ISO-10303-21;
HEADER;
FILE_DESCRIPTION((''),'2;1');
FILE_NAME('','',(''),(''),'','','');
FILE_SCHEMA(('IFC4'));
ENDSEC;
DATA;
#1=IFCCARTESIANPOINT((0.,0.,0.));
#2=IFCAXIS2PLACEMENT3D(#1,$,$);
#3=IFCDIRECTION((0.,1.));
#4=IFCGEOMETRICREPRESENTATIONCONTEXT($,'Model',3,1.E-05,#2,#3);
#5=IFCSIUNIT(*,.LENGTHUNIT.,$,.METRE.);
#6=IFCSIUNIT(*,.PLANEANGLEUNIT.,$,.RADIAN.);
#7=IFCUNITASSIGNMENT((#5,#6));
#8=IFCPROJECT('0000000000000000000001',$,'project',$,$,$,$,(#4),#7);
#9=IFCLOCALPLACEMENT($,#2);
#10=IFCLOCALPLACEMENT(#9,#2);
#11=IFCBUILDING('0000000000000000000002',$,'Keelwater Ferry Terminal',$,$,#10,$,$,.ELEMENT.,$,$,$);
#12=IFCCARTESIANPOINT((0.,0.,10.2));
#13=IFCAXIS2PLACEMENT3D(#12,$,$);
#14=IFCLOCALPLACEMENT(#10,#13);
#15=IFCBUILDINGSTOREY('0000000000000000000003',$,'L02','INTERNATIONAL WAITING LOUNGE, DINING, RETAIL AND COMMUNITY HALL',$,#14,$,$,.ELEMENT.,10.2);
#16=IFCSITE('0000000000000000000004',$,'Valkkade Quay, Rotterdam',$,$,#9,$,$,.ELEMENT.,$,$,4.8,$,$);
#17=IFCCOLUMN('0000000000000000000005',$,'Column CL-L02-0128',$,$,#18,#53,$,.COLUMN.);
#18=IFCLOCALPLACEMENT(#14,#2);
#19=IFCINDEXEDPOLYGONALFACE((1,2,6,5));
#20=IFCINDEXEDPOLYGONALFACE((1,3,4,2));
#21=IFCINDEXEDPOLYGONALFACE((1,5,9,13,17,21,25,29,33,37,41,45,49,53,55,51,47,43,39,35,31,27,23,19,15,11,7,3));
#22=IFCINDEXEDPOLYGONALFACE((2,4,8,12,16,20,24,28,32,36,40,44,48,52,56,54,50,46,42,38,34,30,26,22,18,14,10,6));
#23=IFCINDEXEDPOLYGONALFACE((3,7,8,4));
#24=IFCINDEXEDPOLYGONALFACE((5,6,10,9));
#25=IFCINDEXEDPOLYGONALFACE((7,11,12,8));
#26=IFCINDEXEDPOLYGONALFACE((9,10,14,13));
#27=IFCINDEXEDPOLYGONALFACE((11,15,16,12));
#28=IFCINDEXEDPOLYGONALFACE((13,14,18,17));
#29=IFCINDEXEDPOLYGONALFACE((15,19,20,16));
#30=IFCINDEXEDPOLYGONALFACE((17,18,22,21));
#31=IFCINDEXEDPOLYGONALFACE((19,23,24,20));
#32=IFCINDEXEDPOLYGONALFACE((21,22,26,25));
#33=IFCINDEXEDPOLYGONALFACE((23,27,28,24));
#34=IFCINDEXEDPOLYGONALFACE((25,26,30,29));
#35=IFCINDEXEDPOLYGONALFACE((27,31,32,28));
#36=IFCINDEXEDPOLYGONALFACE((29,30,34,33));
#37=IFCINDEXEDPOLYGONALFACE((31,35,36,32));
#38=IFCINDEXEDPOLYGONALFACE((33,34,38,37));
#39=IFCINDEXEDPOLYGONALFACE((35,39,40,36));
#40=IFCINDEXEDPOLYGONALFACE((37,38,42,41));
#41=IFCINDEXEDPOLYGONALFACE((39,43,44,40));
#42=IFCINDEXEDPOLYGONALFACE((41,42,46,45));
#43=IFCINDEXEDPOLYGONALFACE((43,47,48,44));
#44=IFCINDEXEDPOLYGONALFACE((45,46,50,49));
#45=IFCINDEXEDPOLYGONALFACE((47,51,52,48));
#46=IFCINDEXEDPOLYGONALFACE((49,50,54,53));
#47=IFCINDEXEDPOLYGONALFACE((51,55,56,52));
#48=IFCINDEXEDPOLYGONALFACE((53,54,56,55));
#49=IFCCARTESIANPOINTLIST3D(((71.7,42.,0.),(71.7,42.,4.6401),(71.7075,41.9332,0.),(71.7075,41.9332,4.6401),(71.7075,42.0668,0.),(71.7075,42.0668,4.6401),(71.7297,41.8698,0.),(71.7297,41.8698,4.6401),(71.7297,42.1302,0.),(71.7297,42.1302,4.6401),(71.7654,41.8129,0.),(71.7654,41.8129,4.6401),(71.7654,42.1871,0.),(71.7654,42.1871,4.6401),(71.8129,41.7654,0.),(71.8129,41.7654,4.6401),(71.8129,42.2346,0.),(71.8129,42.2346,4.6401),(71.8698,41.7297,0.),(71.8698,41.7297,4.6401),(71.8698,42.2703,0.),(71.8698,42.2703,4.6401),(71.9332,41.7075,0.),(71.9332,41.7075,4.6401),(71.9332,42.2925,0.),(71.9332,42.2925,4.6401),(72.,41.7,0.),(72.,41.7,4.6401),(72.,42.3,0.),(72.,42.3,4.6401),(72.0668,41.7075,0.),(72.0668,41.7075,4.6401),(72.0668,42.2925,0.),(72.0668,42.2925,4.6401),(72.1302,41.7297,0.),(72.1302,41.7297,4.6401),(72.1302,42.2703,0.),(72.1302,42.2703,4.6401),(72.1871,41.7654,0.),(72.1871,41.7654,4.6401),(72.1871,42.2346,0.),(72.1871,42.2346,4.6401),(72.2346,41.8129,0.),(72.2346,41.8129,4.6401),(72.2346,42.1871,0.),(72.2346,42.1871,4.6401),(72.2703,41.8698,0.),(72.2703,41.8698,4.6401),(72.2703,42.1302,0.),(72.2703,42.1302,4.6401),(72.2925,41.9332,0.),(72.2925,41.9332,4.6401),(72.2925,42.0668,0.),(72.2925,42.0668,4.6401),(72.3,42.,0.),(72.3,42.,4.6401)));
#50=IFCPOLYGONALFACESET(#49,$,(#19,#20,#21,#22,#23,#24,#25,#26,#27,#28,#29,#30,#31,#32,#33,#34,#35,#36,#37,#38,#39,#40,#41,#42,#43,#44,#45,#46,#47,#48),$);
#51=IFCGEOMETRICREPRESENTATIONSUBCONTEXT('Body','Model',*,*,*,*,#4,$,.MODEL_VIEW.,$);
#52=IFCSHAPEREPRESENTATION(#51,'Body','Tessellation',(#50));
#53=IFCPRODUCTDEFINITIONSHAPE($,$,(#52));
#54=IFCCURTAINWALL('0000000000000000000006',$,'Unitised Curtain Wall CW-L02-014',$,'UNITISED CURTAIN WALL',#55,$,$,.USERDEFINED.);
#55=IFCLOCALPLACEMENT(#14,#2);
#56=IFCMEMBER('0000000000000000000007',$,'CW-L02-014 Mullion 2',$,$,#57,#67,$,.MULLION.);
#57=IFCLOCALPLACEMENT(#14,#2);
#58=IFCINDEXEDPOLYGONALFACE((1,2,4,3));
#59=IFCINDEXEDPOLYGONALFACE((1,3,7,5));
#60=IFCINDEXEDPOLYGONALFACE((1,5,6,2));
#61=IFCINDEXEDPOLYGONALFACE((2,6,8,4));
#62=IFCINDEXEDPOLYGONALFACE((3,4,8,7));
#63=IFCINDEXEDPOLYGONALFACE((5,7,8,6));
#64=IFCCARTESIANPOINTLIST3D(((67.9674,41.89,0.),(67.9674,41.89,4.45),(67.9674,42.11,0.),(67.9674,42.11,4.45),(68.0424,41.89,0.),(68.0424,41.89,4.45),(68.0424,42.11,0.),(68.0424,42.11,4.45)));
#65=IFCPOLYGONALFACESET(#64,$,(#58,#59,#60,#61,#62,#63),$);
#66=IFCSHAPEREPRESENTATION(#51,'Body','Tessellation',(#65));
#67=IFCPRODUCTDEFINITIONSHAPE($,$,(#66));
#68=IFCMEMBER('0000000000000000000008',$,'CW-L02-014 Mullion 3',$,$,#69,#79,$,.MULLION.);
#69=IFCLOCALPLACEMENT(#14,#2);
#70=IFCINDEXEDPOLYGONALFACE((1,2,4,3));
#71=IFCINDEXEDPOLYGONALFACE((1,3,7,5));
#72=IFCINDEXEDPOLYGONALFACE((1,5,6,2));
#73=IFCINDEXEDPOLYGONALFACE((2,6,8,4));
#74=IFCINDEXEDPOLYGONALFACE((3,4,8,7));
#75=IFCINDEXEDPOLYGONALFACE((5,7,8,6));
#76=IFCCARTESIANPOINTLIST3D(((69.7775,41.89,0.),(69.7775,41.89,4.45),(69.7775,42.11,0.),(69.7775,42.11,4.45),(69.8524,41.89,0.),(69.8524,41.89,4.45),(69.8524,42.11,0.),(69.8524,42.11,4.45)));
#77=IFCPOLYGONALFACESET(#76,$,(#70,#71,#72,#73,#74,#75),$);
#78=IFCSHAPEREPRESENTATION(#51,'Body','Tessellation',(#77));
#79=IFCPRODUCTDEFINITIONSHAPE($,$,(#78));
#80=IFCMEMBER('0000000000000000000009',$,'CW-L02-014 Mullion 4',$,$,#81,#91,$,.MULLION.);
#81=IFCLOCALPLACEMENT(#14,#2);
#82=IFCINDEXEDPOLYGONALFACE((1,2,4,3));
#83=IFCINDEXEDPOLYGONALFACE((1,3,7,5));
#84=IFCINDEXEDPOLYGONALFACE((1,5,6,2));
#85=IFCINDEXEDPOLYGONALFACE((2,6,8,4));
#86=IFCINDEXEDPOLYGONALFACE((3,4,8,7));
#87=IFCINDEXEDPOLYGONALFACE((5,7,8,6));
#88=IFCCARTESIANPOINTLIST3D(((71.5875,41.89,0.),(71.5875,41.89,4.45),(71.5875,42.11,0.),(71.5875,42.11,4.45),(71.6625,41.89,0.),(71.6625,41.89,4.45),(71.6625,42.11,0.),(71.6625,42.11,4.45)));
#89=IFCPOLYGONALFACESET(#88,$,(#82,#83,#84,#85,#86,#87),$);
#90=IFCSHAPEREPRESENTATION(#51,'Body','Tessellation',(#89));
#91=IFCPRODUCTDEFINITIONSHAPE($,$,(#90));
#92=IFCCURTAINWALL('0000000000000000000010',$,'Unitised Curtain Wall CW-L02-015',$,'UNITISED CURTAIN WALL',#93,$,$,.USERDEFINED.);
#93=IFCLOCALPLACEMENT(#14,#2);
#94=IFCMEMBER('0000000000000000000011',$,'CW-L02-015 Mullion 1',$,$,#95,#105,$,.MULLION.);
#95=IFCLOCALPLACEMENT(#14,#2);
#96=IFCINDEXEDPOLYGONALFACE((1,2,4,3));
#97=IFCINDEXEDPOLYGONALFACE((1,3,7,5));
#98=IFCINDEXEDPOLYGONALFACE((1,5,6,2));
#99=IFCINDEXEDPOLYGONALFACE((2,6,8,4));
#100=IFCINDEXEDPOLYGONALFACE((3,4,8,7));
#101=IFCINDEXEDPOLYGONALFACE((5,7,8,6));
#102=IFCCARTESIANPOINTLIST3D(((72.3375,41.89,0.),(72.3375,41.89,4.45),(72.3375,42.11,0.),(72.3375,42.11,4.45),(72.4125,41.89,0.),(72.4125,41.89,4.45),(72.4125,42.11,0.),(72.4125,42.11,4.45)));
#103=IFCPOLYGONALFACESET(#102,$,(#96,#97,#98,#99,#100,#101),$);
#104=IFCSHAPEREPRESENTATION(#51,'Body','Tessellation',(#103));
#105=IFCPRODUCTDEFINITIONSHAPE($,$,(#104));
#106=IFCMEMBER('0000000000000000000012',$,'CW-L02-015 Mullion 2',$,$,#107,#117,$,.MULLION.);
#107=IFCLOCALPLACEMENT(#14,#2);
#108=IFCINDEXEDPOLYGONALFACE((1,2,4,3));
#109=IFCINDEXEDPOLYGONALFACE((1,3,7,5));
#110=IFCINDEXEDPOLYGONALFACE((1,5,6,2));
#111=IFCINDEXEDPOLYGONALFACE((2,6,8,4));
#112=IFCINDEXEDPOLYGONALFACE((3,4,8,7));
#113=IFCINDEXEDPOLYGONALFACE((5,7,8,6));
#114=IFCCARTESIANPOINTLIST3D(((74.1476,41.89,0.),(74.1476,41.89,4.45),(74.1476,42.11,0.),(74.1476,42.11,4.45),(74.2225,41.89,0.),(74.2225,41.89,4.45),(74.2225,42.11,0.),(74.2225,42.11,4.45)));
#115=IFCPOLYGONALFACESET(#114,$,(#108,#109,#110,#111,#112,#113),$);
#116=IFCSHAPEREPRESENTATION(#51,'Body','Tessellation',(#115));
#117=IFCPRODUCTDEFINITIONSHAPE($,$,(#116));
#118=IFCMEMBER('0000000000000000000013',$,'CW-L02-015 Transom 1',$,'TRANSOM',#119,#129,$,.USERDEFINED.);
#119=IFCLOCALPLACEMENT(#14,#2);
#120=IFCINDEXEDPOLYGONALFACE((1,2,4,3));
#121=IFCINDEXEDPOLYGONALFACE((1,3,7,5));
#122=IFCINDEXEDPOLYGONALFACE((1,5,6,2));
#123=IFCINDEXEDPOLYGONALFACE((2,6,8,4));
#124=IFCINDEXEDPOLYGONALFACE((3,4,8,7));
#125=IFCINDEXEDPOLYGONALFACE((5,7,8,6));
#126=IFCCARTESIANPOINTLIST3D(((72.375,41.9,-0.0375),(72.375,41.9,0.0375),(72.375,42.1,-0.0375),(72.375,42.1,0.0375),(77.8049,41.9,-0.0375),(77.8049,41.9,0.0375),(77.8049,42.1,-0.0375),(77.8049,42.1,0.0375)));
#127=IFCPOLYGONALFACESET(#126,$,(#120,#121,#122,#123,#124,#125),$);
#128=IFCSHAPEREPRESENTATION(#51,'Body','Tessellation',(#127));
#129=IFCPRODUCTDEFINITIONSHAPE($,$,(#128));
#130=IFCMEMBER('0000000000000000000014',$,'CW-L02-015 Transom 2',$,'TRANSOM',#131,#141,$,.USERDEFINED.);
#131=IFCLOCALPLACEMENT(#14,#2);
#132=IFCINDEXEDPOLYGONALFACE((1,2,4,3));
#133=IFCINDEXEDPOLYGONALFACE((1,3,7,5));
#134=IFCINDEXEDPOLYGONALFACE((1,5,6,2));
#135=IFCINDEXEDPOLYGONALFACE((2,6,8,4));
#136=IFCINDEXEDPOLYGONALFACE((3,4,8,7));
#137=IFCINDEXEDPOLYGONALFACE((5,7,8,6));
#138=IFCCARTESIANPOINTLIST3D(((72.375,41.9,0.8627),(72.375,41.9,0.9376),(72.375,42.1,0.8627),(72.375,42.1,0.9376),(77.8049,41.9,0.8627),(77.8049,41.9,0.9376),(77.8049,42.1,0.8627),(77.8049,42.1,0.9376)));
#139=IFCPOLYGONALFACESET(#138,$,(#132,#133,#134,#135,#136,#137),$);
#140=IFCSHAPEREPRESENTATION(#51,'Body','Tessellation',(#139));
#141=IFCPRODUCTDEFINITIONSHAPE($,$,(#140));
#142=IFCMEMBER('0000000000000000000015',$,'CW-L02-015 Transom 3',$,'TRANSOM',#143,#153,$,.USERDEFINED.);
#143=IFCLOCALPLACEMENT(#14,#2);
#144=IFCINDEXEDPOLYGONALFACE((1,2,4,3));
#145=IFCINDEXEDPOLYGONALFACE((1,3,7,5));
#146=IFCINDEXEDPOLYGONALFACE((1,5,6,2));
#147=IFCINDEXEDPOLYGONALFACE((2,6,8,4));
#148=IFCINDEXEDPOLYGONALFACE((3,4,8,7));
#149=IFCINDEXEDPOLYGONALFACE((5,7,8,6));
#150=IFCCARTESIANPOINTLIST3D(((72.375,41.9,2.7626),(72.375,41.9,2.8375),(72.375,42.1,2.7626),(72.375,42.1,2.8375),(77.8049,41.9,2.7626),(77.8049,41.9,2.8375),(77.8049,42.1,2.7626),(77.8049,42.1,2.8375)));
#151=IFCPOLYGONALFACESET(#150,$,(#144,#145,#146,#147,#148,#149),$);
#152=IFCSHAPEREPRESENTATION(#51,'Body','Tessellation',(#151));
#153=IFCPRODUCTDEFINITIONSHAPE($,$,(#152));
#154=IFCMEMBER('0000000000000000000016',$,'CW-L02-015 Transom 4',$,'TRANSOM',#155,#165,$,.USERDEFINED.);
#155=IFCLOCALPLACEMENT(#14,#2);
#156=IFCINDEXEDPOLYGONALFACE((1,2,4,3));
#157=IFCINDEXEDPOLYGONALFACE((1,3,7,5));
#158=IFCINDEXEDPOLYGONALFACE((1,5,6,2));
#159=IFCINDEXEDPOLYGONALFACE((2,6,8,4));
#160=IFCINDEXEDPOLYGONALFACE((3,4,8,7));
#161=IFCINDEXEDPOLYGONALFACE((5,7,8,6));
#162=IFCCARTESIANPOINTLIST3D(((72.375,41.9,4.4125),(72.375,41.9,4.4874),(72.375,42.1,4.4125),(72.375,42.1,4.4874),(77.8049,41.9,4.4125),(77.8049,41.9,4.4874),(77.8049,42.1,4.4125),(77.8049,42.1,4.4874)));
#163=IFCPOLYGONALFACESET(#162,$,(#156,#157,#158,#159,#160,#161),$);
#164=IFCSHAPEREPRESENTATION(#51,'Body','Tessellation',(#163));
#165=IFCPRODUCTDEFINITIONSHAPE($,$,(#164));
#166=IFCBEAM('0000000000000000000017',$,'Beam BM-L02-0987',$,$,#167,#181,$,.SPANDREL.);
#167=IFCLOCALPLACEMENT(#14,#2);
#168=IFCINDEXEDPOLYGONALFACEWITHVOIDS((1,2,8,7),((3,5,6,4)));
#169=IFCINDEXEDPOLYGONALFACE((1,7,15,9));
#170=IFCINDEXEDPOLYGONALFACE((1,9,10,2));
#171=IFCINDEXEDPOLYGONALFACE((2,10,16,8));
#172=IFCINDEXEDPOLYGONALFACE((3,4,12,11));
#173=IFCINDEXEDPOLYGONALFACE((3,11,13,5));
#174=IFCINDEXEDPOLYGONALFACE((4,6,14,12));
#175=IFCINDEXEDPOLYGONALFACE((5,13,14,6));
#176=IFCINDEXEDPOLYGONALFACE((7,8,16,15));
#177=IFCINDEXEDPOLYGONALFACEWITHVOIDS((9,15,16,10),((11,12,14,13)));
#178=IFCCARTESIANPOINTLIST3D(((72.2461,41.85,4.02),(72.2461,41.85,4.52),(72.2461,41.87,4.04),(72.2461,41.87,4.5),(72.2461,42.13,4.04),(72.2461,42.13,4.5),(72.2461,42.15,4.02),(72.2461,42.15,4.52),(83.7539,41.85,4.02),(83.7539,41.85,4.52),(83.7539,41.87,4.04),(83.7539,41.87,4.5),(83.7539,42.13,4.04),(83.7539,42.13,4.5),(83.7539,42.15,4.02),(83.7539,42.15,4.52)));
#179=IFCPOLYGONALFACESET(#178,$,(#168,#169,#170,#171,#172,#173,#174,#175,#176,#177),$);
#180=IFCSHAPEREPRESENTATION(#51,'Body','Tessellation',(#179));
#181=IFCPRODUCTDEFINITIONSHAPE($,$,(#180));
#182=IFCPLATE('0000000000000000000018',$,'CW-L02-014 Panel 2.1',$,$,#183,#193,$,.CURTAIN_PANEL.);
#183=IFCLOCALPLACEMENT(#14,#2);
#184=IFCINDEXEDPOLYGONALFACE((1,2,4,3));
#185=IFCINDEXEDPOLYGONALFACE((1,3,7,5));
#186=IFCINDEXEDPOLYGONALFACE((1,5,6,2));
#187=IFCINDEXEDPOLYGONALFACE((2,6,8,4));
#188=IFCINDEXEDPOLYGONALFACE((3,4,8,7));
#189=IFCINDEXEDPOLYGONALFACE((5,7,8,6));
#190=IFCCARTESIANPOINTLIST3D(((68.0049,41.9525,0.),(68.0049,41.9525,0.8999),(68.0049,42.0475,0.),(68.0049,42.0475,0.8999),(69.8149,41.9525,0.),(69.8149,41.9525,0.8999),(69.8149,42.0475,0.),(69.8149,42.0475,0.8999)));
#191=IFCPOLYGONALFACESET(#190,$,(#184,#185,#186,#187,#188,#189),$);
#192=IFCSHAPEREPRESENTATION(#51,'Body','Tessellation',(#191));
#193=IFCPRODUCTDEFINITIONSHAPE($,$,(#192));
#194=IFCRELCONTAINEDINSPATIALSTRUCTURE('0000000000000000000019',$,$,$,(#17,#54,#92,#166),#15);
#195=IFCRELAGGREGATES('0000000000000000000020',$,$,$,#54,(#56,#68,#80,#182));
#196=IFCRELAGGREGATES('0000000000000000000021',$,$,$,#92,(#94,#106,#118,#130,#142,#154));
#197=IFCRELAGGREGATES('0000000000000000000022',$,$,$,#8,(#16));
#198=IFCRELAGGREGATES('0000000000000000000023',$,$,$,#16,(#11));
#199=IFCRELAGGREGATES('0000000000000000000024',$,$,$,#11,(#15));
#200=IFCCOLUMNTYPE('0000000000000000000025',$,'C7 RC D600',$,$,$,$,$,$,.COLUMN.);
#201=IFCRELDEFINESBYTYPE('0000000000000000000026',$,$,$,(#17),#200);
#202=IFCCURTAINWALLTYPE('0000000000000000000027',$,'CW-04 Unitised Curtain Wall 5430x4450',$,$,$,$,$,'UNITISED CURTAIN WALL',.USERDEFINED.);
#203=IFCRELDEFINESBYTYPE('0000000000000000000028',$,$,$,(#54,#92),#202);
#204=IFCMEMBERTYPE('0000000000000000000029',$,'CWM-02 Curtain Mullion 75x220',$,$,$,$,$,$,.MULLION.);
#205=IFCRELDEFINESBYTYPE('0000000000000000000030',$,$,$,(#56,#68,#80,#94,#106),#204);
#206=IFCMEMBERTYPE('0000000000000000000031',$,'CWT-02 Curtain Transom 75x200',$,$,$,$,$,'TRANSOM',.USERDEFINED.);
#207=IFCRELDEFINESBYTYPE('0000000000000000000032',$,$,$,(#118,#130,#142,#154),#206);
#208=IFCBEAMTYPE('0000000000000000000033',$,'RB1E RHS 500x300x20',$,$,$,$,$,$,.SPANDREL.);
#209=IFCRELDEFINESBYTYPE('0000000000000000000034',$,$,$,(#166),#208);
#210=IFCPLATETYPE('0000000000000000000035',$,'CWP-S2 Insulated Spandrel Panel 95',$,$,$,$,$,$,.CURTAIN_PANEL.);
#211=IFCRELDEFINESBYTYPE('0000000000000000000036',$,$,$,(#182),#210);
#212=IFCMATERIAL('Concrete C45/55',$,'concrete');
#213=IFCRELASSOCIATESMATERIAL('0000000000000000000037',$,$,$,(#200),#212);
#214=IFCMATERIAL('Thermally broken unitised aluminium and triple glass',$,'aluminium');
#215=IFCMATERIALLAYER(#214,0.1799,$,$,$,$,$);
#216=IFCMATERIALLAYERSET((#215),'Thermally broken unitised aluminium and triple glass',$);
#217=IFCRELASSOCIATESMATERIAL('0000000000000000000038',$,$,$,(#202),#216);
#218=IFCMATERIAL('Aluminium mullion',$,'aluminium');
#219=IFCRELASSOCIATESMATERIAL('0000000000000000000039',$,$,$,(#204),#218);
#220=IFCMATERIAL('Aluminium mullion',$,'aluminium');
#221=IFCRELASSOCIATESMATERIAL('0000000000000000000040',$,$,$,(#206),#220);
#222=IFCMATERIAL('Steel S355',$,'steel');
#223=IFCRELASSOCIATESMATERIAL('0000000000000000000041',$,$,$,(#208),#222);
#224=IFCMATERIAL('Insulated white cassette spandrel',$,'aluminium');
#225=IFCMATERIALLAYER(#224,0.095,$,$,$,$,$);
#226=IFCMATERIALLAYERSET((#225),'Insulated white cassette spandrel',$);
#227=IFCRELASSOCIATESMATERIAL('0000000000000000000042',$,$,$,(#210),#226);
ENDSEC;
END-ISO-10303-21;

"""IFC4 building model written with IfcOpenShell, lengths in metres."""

from ifc_helpers import new_model, si_unit, direction, frame, origin, origin_2d, place, context, subcontext, project, spatial, rectangle, hollow_rectangle, circle, extrude, material, layer, layer_set, material_profile, profile_set, type_object, element, aggregate, save


model = new_model("IFC4")

# Units and contexts
model_context = context("Model", 3, precision=1e-05, world=origin(), true_north=direction((0.0, 1.0)))
body_context = subcontext(model_context, "Body", "Model", "MODEL_VIEW")
ifc_project = project(units=[si_unit("LENGTHUNIT", "METRE"), si_unit("PLANEANGLEUNIT", "RADIAN")], contexts=[model_context])

# Site, building, storey
site_placement = place(None, origin())
site = spatial("IfcSite", under=ifc_project, at=site_placement, Name="Valkkade Quay, Rotterdam", CompositionType="ELEMENT", RefElevation=4.8)
building_placement = place(site_placement, origin())
building = spatial("IfcBuilding", under=site, at=building_placement, Name="Keelwater Ferry Terminal", CompositionType="ELEMENT")
storey_placement = place(building_placement, frame((0.0, 0.0, 10.2)))
storey = spatial("IfcBuildingStorey", under=building, at=storey_placement, Name="L02", Description="INTERNATIONAL WAITING LOUNGE, DINING, RETAIL AND COMMUNITY HALL", CompositionType="ELEMENT", Elevation=10.2)

# Column
ifc_material_1 = material(Name="Concrete C45/55", Category="concrete")
ifc_material_profile_1 = material_profile(ifc_material_1, circle(Radius=0.3, at=origin_2d()), Name="RC D600")
ifc_profile_set_1 = profile_set([ifc_material_profile_1], Name="Concrete C45/55")
column_type = type_object("IfcColumnType", Name="C7 RC D600", PredefinedType="COLUMN", material=ifc_profile_set_1)
column_placement = place(storey_placement, frame((72.0, 42.0, 0.0), z_axis=(0.0, 0.0, 1.0), x_axis=(1.0, 0.0, 0.0)))
element("IfcColumn", 1, at=column_placement, inside=storey, type_object=column_type, Name="Column CL-L02-0128", PredefinedType="COLUMN", context=body_context, shape_type="SweptSolid", body=[
    extrude(circle(Radius=0.3, at=origin_2d()), origin(), (0.0, 0.0, 1.0), 4.6401),
])

# Curtain walls, members
ifc_material_2 = material(Name="Thermally broken unitised aluminium and triple glass", Category="aluminium")
ifc_layer_1 = layer(ifc_material_2, 0.1799)
ifc_layer_set_1 = layer_set([ifc_layer_1], Name="Thermally broken unitised aluminium and triple glass")
curtain_wall_type = type_object("IfcCurtainWallType", Name="CW-04 Unitised Curtain Wall 5430x4450", ElementType="UNITISED CURTAIN WALL", PredefinedType="USERDEFINED", material=ifc_layer_set_1)
curtain_wall_1_placement = place(storey_placement, origin())
curtain_wall_1 = element("IfcCurtainWall", 2, at=curtain_wall_1_placement, inside=storey, type_object=curtain_wall_type, Name="Unitised Curtain Wall CW-L02-014", ObjectType="UNITISED CURTAIN WALL", PredefinedType="USERDEFINED")
ifc_material_3 = material(Name="Aluminium mullion", Category="aluminium")
ifc_material_profile_2 = material_profile(ifc_material_3, rectangle(XDim=0.075, YDim=0.22, at=origin_2d()), Name="CWM-02")
ifc_profile_set_2 = profile_set([ifc_material_profile_2], Name="Aluminium mullion")
member_type_1 = type_object("IfcMemberType", Name="CWM-02 Curtain Mullion 75x220", PredefinedType="MULLION", material=ifc_profile_set_2)
member_1_placement = place(storey_placement, frame((68.0049, 42.0, 0.0), z_axis=(0.0, 0.0, 1.0), x_axis=(1.0, 0.0, 0.0)))
member_1 = element("IfcMember", 3, at=member_1_placement, type_object=member_type_1, Name="CW-L02-014 Mullion 2", PredefinedType="MULLION", context=body_context, shape_type="SweptSolid", body=[
    extrude(rectangle(XDim=0.075, YDim=0.22, at=origin_2d()), origin(), (0.0, 0.0, 1.0), 4.45),
])
member_2_placement = place(storey_placement, frame((69.8149, 42.0, 0.0), z_axis=(0.0, 0.0, 1.0), x_axis=(1.0, 0.0, 0.0)))
member_2 = element("IfcMember", 4, at=member_2_placement, type_object=member_type_1, Name="CW-L02-014 Mullion 3", PredefinedType="MULLION", context=body_context, shape_type="SweptSolid", body=[
    extrude(rectangle(XDim=0.075, YDim=0.22, at=origin_2d()), origin(), (0.0, 0.0, 1.0), 4.45),
])
member_3_placement = place(storey_placement, frame((71.625, 42.0, 0.0), z_axis=(0.0, 0.0, 1.0), x_axis=(1.0, 0.0, 0.0)))
member_3 = element("IfcMember", 5, at=member_3_placement, type_object=member_type_1, Name="CW-L02-014 Mullion 4", PredefinedType="MULLION", context=body_context, shape_type="SweptSolid", body=[
    extrude(rectangle(XDim=0.075, YDim=0.22, at=origin_2d()), origin(), (0.0, 0.0, 1.0), 4.45),
])
curtain_wall_2_placement = place(storey_placement, origin())
curtain_wall_2 = element("IfcCurtainWall", 6, at=curtain_wall_2_placement, inside=storey, type_object=curtain_wall_type, Name="Unitised Curtain Wall CW-L02-015", ObjectType="UNITISED CURTAIN WALL", PredefinedType="USERDEFINED")
member_4_placement = place(storey_placement, frame((72.375, 42.0, 0.0), z_axis=(0.0, 0.0, 1.0), x_axis=(1.0, 0.0, 0.0)))
member_4 = element("IfcMember", 7, at=member_4_placement, type_object=member_type_1, Name="CW-L02-015 Mullion 1", PredefinedType="MULLION", context=body_context, shape_type="SweptSolid", body=[
    extrude(rectangle(XDim=0.075, YDim=0.22, at=origin_2d()), origin(), (0.0, 0.0, 1.0), 4.45),
])
member_5_placement = place(storey_placement, frame((74.1851, 42.0, 0.0), z_axis=(0.0, 0.0, 1.0), x_axis=(1.0, 0.0, 0.0)))
member_5 = element("IfcMember", 8, at=member_5_placement, type_object=member_type_1, Name="CW-L02-015 Mullion 2", PredefinedType="MULLION", context=body_context, shape_type="SweptSolid", body=[
    extrude(rectangle(XDim=0.075, YDim=0.22, at=origin_2d()), origin(), (0.0, 0.0, 1.0), 4.45),
])
ifc_material_4 = material(Name="Aluminium mullion", Category="aluminium")
ifc_material_profile_3 = material_profile(ifc_material_4, rectangle(XDim=0.2, YDim=0.075, at=origin_2d()), Name="CWT-02")
ifc_profile_set_3 = profile_set([ifc_material_profile_3], Name="Aluminium mullion")
member_type_2 = type_object("IfcMemberType", Name="CWT-02 Curtain Transom 75x200", ElementType="TRANSOM", PredefinedType="USERDEFINED", material=ifc_profile_set_3)
member_6_placement = place(storey_placement, frame((72.375, 42.0, 0.0), z_axis=(1.0, 0.0, 0.0), x_axis=(0.0, 1.0, 0.0)))
member_6 = element("IfcMember", 9, at=member_6_placement, type_object=member_type_2, Name="CW-L02-015 Transom 1", ObjectType="TRANSOM", PredefinedType="USERDEFINED", context=body_context, shape_type="SweptSolid", body=[
    extrude(rectangle(XDim=0.2, YDim=0.075, at=origin_2d()), origin(), (0.0, 0.0, 1.0), 5.4299),
])
member_7_placement = place(storey_placement, frame((72.375, 42.0, 0.9001), z_axis=(1.0, 0.0, 0.0), x_axis=(0.0, 1.0, 0.0)))
member_7 = element("IfcMember", 10, at=member_7_placement, type_object=member_type_2, Name="CW-L02-015 Transom 2", ObjectType="TRANSOM", PredefinedType="USERDEFINED", context=body_context, shape_type="SweptSolid", body=[
    extrude(rectangle(XDim=0.2, YDim=0.075, at=origin_2d()), origin(), (0.0, 0.0, 1.0), 5.4299),
])
member_8_placement = place(storey_placement, frame((72.375, 42.0, 2.8), z_axis=(1.0, 0.0, 0.0), x_axis=(0.0, 1.0, 0.0)))
member_8 = element("IfcMember", 11, at=member_8_placement, type_object=member_type_2, Name="CW-L02-015 Transom 3", ObjectType="TRANSOM", PredefinedType="USERDEFINED", context=body_context, shape_type="SweptSolid", body=[
    extrude(rectangle(XDim=0.2, YDim=0.075, at=origin_2d()), origin(), (0.0, 0.0, 1.0), 5.4299),
])
member_9_placement = place(storey_placement, frame((72.375, 42.0, 4.45), z_axis=(1.0, 0.0, 0.0), x_axis=(0.0, 1.0, 0.0)))
member_9 = element("IfcMember", 12, at=member_9_placement, type_object=member_type_2, Name="CW-L02-015 Transom 4", ObjectType="TRANSOM", PredefinedType="USERDEFINED", context=body_context, shape_type="SweptSolid", body=[
    extrude(rectangle(XDim=0.2, YDim=0.075, at=origin_2d()), origin(), (0.0, 0.0, 1.0), 5.4299),
])

# Beam
ifc_material_5 = material(Name="Steel S355", Category="steel")
ifc_material_profile_4 = material_profile(ifc_material_5, hollow_rectangle(XDim=0.3, YDim=0.5, WallThickness=0.02, at=origin_2d()), Name="RHS 500x300x20")
ifc_profile_set_4 = profile_set([ifc_material_profile_4], Name="Steel S355")
beam_type = type_object("IfcBeamType", Name="RB1E RHS 500x300x20", PredefinedType="SPANDREL", material=ifc_profile_set_4)
beam_placement = place(storey_placement, frame((72.2461, 42.0, 4.27), z_axis=(1.0, 0.0, 0.0), x_axis=(0.0, 1.0, 0.0)))
element("IfcBeam", 13, at=beam_placement, inside=storey, type_object=beam_type, Name="Beam BM-L02-0987", PredefinedType="SPANDREL", context=body_context, shape_type="SweptSolid", body=[
    extrude(hollow_rectangle(XDim=0.3, YDim=0.5, WallThickness=0.02, at=origin_2d()), origin(), (0.0, 0.0, 1.0), 11.5078),
])

# Plate
ifc_material_6 = material(Name="Insulated white cassette spandrel", Category="aluminium")
ifc_layer_2 = layer(ifc_material_6, 0.095)
ifc_layer_set_2 = layer_set([ifc_layer_2], Name="Insulated white cassette spandrel")
plate_type_1 = type_object("IfcPlateType", Name="CWP-S2 Insulated Spandrel Panel 95", PredefinedType="CURTAIN_PANEL", material=ifc_layer_set_2)
plate_1_placement = place(storey_placement, frame((68.9099, 42.0, 0.0), z_axis=(0.0, 0.0, 1.0), x_axis=(1.0, 0.0, 0.0)))
plate_1 = element("IfcPlate", 14, at=plate_1_placement, type_object=plate_type_1, Name="CW-L02-014 Panel 2.1", PredefinedType="CURTAIN_PANEL", context=body_context, shape_type="SweptSolid", body=[
    extrude(rectangle(XDim=1.8101, YDim=0.095, at=origin_2d()), origin(), (0.0, 0.0, 1.0), 0.8999),
])
aggregate(curtain_wall_1, [member_1, member_2, member_3, plate_1])
aggregate(curtain_wall_2, [member_4, member_5, member_6, member_7, member_8, member_9])

save(model, "model.ifc")
